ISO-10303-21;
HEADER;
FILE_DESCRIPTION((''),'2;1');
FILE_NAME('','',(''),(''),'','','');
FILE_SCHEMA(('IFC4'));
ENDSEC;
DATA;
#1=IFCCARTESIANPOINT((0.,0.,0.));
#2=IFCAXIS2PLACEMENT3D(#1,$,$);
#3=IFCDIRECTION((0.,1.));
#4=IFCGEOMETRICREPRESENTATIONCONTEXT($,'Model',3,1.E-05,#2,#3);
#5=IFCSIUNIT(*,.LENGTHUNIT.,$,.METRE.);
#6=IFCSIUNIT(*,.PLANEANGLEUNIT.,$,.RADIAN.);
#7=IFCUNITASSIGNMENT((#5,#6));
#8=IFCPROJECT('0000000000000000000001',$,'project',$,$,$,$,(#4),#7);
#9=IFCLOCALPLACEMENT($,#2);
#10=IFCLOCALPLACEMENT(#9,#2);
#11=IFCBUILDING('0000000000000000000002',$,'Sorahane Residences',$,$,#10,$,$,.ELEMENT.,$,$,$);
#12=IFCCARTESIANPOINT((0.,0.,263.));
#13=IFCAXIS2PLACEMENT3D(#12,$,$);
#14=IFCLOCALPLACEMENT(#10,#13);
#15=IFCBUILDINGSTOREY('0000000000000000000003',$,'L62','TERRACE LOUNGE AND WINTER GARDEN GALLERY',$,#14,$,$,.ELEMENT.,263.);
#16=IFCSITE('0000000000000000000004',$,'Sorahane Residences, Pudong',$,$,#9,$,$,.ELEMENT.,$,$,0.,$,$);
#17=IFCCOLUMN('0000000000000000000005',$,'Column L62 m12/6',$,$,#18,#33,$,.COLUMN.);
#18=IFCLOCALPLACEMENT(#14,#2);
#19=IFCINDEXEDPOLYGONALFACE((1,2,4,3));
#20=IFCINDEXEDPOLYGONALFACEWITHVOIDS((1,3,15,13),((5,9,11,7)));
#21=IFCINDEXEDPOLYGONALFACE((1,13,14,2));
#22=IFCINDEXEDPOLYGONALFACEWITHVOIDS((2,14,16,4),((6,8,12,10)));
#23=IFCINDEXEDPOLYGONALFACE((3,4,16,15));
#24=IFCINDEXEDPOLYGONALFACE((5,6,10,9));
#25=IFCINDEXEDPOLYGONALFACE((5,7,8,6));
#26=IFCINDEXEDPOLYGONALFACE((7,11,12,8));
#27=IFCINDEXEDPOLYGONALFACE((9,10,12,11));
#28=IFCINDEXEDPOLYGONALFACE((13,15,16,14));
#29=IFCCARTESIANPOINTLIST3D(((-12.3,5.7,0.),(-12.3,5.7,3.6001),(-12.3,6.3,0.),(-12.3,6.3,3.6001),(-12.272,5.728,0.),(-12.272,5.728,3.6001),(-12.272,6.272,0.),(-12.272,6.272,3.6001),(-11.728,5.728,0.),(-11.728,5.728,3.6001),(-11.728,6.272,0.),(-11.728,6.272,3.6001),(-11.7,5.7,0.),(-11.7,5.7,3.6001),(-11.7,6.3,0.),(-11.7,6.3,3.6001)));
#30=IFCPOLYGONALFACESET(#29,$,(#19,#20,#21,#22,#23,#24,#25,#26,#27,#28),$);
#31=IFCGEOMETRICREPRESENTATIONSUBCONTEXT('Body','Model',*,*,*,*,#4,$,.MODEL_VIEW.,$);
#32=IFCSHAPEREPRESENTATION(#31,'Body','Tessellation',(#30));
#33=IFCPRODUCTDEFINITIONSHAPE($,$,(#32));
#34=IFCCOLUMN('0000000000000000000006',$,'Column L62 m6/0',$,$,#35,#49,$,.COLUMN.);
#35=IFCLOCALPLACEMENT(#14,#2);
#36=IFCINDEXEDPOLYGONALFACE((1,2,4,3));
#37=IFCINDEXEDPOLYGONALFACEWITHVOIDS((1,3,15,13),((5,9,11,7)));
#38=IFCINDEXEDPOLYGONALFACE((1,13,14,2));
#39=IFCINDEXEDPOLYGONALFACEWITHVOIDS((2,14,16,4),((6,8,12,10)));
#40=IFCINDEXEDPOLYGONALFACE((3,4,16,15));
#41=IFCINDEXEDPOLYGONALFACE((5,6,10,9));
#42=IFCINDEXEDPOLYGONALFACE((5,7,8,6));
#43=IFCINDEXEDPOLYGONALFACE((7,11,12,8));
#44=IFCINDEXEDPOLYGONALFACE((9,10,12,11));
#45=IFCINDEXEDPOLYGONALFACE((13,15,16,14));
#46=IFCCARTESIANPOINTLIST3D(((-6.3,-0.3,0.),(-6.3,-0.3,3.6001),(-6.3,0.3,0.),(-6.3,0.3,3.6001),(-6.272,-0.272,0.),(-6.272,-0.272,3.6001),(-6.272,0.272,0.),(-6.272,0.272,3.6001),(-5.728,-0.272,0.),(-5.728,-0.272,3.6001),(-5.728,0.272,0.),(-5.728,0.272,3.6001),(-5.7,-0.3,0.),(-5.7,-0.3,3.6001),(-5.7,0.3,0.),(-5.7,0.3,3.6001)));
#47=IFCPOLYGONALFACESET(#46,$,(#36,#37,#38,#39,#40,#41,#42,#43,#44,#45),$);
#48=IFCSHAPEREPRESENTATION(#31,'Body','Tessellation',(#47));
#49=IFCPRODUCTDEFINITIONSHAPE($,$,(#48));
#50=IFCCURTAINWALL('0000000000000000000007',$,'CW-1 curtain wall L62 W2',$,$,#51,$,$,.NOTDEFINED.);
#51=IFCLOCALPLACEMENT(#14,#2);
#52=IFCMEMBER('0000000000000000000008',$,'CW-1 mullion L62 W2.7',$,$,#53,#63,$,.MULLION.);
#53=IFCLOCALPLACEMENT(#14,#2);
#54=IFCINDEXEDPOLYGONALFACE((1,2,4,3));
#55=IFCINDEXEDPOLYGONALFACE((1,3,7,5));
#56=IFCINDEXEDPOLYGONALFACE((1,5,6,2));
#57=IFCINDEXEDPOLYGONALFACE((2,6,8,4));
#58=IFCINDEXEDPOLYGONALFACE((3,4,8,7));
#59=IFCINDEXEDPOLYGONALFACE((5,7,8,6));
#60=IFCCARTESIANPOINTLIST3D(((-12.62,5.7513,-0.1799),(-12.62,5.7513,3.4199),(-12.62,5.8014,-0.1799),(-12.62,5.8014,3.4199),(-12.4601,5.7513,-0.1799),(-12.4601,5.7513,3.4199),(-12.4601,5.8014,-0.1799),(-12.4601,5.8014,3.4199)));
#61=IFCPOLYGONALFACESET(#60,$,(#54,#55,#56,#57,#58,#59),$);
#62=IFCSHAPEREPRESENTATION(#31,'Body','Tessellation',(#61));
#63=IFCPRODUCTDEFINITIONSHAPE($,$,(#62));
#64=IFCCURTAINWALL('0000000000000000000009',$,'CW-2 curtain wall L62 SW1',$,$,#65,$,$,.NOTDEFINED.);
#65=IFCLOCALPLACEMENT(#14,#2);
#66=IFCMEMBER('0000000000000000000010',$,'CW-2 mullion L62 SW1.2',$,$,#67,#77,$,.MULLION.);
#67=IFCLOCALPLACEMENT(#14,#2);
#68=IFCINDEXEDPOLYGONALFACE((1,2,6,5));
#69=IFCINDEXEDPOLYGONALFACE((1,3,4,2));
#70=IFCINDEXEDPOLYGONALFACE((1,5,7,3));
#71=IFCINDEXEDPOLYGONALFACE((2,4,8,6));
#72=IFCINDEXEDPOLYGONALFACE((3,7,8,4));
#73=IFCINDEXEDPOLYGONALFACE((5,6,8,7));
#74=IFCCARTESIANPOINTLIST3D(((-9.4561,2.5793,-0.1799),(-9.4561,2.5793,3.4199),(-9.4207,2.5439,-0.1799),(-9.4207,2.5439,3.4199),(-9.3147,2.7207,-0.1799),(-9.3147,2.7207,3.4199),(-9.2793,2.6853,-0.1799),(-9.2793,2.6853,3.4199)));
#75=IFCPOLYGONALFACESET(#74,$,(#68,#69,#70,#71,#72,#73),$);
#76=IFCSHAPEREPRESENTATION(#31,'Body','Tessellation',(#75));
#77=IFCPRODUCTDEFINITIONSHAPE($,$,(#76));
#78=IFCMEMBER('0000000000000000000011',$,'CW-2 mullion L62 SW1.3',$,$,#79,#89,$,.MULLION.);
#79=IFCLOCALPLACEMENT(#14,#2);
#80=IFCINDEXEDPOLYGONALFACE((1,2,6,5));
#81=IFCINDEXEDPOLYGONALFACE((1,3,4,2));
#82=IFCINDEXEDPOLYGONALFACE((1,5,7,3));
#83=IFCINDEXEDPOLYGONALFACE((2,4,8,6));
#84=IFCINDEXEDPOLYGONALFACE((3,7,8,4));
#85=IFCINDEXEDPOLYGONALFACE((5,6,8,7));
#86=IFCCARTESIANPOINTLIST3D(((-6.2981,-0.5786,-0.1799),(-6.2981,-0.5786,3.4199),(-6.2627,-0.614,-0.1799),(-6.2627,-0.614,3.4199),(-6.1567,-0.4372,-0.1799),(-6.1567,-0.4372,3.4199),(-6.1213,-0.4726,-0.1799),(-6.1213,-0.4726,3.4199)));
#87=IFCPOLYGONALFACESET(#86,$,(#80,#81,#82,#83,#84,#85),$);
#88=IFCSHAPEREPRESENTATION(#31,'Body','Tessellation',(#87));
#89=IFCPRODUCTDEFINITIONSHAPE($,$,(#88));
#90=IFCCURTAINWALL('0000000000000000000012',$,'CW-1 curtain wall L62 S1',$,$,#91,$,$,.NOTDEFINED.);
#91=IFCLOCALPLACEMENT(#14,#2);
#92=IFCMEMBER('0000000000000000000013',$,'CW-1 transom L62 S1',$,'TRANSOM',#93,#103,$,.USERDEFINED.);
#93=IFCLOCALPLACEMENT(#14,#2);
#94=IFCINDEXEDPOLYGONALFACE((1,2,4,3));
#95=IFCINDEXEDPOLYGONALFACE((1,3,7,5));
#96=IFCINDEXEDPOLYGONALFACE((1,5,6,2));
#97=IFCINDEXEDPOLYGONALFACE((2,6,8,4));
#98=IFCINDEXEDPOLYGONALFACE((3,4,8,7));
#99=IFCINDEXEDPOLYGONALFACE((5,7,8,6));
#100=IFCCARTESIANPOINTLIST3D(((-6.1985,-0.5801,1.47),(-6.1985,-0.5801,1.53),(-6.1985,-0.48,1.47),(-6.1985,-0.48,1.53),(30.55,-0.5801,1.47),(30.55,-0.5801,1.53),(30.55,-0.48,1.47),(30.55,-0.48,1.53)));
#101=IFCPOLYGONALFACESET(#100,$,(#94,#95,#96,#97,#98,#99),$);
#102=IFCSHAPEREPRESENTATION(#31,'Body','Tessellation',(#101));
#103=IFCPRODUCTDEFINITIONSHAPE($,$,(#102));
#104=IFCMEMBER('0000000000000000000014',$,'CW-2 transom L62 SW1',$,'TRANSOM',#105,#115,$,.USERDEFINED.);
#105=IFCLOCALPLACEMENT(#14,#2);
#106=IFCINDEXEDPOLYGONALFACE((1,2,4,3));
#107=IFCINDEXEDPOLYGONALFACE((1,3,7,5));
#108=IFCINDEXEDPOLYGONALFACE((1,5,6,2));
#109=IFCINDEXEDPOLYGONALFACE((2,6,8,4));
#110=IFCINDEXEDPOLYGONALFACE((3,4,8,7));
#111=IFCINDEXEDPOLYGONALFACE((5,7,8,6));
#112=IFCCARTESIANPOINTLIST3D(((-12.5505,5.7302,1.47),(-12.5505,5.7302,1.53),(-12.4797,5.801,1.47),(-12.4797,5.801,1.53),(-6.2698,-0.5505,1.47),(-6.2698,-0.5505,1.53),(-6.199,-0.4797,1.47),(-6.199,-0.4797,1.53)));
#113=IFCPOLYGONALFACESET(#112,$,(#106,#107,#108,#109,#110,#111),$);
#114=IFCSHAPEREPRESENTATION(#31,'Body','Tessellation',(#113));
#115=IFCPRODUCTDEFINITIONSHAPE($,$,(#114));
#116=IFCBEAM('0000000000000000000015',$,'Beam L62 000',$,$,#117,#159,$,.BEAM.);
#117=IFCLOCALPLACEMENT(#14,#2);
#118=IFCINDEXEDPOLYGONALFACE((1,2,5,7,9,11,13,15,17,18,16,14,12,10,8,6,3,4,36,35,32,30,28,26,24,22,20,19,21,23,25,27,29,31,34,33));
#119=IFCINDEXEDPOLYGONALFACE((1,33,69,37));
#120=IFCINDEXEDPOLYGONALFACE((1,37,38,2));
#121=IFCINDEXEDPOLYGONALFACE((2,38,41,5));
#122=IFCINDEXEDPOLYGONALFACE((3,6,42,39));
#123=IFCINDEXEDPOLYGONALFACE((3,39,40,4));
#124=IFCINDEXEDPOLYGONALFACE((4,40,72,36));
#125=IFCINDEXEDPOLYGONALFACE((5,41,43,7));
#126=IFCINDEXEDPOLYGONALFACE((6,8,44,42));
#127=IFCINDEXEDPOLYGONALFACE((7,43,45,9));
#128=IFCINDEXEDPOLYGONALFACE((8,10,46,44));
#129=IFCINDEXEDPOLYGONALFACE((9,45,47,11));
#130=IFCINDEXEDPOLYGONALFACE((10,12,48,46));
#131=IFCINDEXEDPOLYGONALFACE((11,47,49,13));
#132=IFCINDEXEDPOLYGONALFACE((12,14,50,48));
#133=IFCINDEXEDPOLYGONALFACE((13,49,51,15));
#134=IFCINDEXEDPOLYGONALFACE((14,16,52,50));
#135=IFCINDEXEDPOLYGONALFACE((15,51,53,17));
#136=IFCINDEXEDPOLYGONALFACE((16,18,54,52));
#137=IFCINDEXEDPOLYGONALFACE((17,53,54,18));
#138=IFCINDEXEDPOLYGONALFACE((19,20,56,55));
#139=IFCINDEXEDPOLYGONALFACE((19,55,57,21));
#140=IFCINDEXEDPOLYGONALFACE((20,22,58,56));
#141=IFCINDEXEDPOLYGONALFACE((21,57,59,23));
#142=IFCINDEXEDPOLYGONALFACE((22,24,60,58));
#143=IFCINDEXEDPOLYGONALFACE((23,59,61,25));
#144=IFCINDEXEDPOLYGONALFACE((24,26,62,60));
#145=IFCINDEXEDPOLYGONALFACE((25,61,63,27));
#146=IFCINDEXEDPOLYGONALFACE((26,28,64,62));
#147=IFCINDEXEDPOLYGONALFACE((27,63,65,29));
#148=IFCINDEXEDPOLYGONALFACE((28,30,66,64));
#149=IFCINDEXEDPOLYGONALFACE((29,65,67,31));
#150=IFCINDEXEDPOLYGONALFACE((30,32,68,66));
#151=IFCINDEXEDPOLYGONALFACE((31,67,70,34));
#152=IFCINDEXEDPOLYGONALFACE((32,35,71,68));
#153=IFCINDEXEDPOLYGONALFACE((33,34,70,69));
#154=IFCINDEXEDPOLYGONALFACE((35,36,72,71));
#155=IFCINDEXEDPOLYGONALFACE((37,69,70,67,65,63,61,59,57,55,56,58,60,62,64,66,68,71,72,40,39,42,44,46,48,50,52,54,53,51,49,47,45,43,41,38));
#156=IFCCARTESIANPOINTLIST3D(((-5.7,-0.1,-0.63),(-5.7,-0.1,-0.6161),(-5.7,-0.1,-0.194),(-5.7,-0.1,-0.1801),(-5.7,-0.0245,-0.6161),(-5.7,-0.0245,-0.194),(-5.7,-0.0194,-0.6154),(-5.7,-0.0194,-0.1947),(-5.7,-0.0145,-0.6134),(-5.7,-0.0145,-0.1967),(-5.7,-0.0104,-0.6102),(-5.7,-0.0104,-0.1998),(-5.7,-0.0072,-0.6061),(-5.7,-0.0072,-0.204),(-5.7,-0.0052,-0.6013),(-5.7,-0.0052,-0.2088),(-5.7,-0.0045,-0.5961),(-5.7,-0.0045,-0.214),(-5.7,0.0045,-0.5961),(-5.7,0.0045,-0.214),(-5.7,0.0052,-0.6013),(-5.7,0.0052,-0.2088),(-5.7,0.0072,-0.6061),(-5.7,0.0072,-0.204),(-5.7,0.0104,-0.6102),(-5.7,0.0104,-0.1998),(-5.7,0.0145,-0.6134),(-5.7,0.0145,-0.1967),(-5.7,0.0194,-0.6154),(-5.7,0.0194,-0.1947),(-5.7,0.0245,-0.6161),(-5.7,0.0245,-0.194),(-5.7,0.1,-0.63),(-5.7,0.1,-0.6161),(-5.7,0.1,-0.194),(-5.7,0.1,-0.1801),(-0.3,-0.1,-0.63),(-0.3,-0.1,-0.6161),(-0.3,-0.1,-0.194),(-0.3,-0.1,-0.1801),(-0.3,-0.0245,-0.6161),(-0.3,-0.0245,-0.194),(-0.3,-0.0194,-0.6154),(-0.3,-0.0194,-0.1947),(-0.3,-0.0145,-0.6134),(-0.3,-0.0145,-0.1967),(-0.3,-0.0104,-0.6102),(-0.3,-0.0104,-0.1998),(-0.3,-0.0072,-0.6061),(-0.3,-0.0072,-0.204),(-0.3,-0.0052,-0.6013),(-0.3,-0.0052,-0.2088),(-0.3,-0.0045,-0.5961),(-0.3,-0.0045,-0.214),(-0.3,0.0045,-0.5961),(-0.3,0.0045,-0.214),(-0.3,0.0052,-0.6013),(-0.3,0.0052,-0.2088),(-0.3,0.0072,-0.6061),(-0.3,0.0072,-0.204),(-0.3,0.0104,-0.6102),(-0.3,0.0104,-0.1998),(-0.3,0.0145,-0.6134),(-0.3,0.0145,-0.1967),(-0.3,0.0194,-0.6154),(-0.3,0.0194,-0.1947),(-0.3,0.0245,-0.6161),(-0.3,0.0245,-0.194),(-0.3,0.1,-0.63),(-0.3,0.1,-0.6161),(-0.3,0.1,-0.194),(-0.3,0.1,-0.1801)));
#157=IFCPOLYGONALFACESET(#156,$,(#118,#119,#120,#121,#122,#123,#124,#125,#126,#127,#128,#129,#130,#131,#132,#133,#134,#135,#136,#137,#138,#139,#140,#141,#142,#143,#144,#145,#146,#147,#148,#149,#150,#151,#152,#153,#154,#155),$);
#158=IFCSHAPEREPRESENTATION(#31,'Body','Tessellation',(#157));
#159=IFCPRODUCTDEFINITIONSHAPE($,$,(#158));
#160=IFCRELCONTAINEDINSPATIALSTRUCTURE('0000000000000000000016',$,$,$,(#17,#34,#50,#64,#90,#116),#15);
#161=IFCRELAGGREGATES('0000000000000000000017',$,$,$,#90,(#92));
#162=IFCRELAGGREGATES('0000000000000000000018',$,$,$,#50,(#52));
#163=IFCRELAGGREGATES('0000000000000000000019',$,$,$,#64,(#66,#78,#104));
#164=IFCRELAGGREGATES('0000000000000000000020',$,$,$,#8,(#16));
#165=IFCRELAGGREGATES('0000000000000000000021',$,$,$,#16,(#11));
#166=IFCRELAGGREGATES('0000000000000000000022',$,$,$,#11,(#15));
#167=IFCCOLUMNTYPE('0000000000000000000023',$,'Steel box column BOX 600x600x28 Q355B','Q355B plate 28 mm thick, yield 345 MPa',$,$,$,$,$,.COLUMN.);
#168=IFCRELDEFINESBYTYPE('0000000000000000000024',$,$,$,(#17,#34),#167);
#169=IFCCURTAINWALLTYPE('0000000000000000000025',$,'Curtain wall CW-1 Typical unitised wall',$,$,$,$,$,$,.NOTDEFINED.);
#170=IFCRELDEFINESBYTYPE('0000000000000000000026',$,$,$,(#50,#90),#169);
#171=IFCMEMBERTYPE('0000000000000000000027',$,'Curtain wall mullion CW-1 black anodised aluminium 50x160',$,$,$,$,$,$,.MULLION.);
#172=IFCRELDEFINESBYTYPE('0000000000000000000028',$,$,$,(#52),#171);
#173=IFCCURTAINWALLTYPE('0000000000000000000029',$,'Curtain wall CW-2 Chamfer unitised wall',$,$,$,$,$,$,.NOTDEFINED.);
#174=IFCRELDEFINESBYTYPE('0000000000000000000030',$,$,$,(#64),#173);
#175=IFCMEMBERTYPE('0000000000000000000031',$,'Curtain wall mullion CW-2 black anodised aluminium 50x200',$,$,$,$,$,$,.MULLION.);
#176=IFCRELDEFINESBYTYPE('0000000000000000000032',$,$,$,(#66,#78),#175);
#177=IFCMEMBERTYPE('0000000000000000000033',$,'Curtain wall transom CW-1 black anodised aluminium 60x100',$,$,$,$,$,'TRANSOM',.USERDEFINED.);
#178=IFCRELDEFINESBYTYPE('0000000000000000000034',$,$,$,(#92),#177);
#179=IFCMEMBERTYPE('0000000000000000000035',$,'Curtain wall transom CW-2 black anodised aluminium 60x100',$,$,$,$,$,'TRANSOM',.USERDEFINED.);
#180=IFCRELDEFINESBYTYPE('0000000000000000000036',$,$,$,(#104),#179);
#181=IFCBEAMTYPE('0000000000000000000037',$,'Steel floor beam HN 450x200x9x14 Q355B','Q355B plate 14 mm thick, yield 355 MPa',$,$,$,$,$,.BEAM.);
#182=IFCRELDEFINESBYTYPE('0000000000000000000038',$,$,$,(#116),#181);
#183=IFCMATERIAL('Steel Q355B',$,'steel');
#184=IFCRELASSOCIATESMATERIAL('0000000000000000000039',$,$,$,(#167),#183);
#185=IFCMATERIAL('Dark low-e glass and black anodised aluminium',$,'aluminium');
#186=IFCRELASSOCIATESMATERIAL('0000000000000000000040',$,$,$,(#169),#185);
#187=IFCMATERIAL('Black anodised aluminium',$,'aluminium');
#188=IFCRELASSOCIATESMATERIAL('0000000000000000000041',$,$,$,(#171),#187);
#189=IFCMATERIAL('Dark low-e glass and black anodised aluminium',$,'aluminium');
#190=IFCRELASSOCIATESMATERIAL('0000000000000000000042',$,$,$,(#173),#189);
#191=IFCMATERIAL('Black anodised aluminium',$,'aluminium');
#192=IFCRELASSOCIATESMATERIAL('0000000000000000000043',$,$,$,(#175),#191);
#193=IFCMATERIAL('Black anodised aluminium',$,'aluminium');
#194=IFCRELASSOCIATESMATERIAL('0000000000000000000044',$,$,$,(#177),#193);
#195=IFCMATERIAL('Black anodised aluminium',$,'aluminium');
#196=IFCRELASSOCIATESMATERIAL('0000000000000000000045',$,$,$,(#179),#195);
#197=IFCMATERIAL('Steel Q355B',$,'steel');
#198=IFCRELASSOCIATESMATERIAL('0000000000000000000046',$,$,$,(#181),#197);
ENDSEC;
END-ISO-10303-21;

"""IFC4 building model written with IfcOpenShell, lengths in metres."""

from ifc_helpers import new_model, si_unit, direction, frame, origin, origin_2d, place, context, subcontext, project, spatial, rectangle, hollow_rectangle, i_section, extrude, material, material_profile, profile_set, type_object, element, aggregate, save


model = new_model("IFC4")

# Units and contexts
model_context = context("Model", 3, precision=1e-05, world=origin(), true_north=direction((0.0, 1.0)))
body_context = subcontext(model_context, "Body", "Model", "MODEL_VIEW")
ifc_project = project(units=[si_unit("LENGTHUNIT", "METRE"), si_unit("PLANEANGLEUNIT", "RADIAN")], contexts=[model_context])

# Site, building, storey
site_placement = place(None, origin())
site = spatial("IfcSite", under=ifc_project, at=site_placement, Name="Sorahane Residences, Pudong", CompositionType="ELEMENT", RefElevation=0.0)
building_placement = place(site_placement, origin())
building = spatial("IfcBuilding", under=site, at=building_placement, Name="Sorahane Residences", CompositionType="ELEMENT")
storey_placement = place(building_placement, frame((0.0, 0.0, 263.0)))
storey = spatial("IfcBuildingStorey", under=building, at=storey_placement, Name="L62", Description="TERRACE LOUNGE AND WINTER GARDEN GALLERY", CompositionType="ELEMENT", Elevation=263.0)

# Columns
ifc_material_1 = material(Name="Steel Q355B", Category="steel")
ifc_material_profile_1 = material_profile(ifc_material_1, hollow_rectangle(XDim=0.6001, YDim=0.6001, WallThickness=0.0281, at=origin_2d()), Name="BOX 600x600x28")
ifc_profile_set_1 = profile_set([ifc_material_profile_1], Name="Steel Q355B")
column_type = type_object("IfcColumnType", Name="Steel box column BOX 600x600x28 Q355B", Description="Q355B plate 28 mm thick, yield 345 MPa", PredefinedType="COLUMN", material=ifc_profile_set_1)
for number, where, z_axis, x_axis, name in (
    (1, (-12.0, 6.0, 0.0), (0.0, 0.0, 1.0), (1.0, 0.0, 0.0), "Column L62 m12/6"),
    (2, (-6.0, 0.0, 0.0), (0.0, 0.0, 1.0), (1.0, 0.0, 0.0), "Column L62 m6/0"),
):
    element("IfcColumn", number, at=place(storey_placement, frame(where, z_axis=z_axis, x_axis=x_axis)), inside=storey, type_object=column_type, Name=name, PredefinedType="COLUMN", context=body_context, shape_type="SweptSolid", body=[
        extrude(hollow_rectangle(XDim=0.6001, YDim=0.6001, WallThickness=0.0281, at=origin_2d()), origin(), (0.0, 0.0, 1.0), 3.6001),
    ])

# Curtain wall, member
ifc_material_2 = material(Name="Dark low-e glass and black anodised aluminium", Category="aluminium")
curtain_wall_type_1 = type_object("IfcCurtainWallType", Name="Curtain wall CW-1 Typical unitised wall", PredefinedType="NOTDEFINED", material=ifc_material_2)
curtain_wall_1_placement = place(storey_placement, origin())
curtain_wall_1 = element("IfcCurtainWall", 3, at=curtain_wall_1_placement, inside=storey, type_object=curtain_wall_type_1, Name="CW-1 curtain wall L62 W2", PredefinedType="NOTDEFINED")
ifc_material_3 = material(Name="Black anodised aluminium", Category="aluminium")
ifc_material_profile_2 = material_profile(ifc_material_3, rectangle(XDim=0.1599, YDim=0.05, at=origin_2d()), Name="Curtain wall mullion CW-1 black anodised aluminium 50x160")
ifc_profile_set_2 = profile_set([ifc_material_profile_2], Name="Black anodised aluminium")
member_type_1 = type_object("IfcMemberType", Name="Curtain wall mullion CW-1 black anodised aluminium 50x160", PredefinedType="MULLION", material=ifc_profile_set_2)
member_1_placement = place(storey_placement, frame((-12.54, 5.7764, -0.1799), z_axis=(0.0, 0.0, 1.0), x_axis=(-1.0, 0.0, 0.0)))
member_1 = element("IfcMember", 4, at=member_1_placement, type_object=member_type_1, Name="CW-1 mullion L62 W2.7", PredefinedType="MULLION", context=body_context, shape_type="SweptSolid", body=[
    extrude(rectangle(XDim=0.1599, YDim=0.05, at=origin_2d()), origin(), (0.0, 0.0, 1.0), 3.5999),
])

# Curtain wall, members
ifc_material_4 = material(Name="Dark low-e glass and black anodised aluminium", Category="aluminium")
curtain_wall_type_2 = type_object("IfcCurtainWallType", Name="Curtain wall CW-2 Chamfer unitised wall", PredefinedType="NOTDEFINED", material=ifc_material_4)
curtain_wall_2_placement = place(storey_placement, origin())
curtain_wall_2 = element("IfcCurtainWall", 5, at=curtain_wall_2_placement, inside=storey, type_object=curtain_wall_type_2, Name="CW-2 curtain wall L62 SW1", PredefinedType="NOTDEFINED")
ifc_material_5 = material(Name="Black anodised aluminium", Category="aluminium")
ifc_material_profile_3 = material_profile(ifc_material_5, rectangle(XDim=0.2, YDim=0.05, at=origin_2d()), Name="Curtain wall mullion CW-2 black anodised aluminium 50x200")
ifc_profile_set_3 = profile_set([ifc_material_profile_3], Name="Black anodised aluminium")
member_type_2 = type_object("IfcMemberType", Name="Curtain wall mullion CW-2 black anodised aluminium 50x200", PredefinedType="MULLION", material=ifc_profile_set_3)
member_2_placement = place(storey_placement, frame((-9.3677, 2.6323, -0.1799), z_axis=(0.0, 0.0, 1.0), x_axis=(-0.707107, -0.707107, 0.0)))
member_2 = element("IfcMember", 6, at=member_2_placement, type_object=member_type_2, Name="CW-2 mullion L62 SW1.2", PredefinedType="MULLION", context=body_context, shape_type="SweptSolid", body=[
    extrude(rectangle(XDim=0.2, YDim=0.05, at=origin_2d()), origin(), (0.0, 0.0, 1.0), 3.5999),
])
member_3_placement = place(storey_placement, frame((-6.2097, -0.5256, -0.1799), z_axis=(0.0, 0.0, 1.0), x_axis=(-0.707107, -0.707107, 0.0)))
member_3 = element("IfcMember", 7, at=member_3_placement, type_object=member_type_2, Name="CW-2 mullion L62 SW1.3", PredefinedType="MULLION", context=body_context, shape_type="SweptSolid", body=[
    extrude(rectangle(XDim=0.2, YDim=0.05, at=origin_2d()), origin(), (0.0, 0.0, 1.0), 3.5999),
])

# Curtain wall, member
curtain_wall_3_placement = place(storey_placement, origin())
curtain_wall_3 = element("IfcCurtainWall", 8, at=curtain_wall_3_placement, inside=storey, type_object=curtain_wall_type_1, Name="CW-1 curtain wall L62 S1", PredefinedType="NOTDEFINED")
ifc_material_6 = material(Name="Black anodised aluminium", Category="aluminium")
ifc_material_profile_4 = material_profile(ifc_material_6, rectangle(XDim=0.1001, YDim=0.0601, at=origin_2d()), Name="Curtain wall transom CW-1 black anodised aluminium 60x100")
ifc_profile_set_4 = profile_set([ifc_material_profile_4], Name="Black anodised aluminium")
member_type_3 = type_object("IfcMemberType", Name="Curtain wall transom CW-1 black anodised aluminium 60x100", ElementType="TRANSOM", PredefinedType="USERDEFINED", material=ifc_profile_set_4)
member_4_placement = place(storey_placement, frame((-6.1985, -0.53, 1.5), z_axis=(1.0, 0.0, 0.0), x_axis=(0.0, 1.0, 0.0)))
member_4 = element("IfcMember", 9, at=member_4_placement, type_object=member_type_3, Name="CW-1 transom L62 S1", ObjectType="TRANSOM", PredefinedType="USERDEFINED", context=body_context, shape_type="SweptSolid", body=[
    extrude(rectangle(XDim=0.1001, YDim=0.0601, at=origin_2d()), origin(), (0.0, 0.0, 1.0), 36.7485),
])

# Member
ifc_material_7 = material(Name="Black anodised aluminium", Category="aluminium")
ifc_material_profile_5 = material_profile(ifc_material_7, rectangle(XDim=0.1001, YDim=0.0601, at=origin_2d()), Name="Curtain wall transom CW-2 black anodised aluminium 60x100")
ifc_profile_set_5 = profile_set([ifc_material_profile_5], Name="Black anodised aluminium")
member_type_4 = type_object("IfcMemberType", Name="Curtain wall transom CW-2 black anodised aluminium 60x100", ElementType="TRANSOM", PredefinedType="USERDEFINED", material=ifc_profile_set_5)
member_5_placement = place(storey_placement, frame((-12.5151, 5.7656, 1.5), z_axis=(0.707107, -0.707107, 0.0), x_axis=(0.707107, 0.707107, 0.0)))
member_5 = element("IfcMember", 10, at=member_5_placement, type_object=member_type_4, Name="CW-2 transom L62 SW1", ObjectType="TRANSOM", PredefinedType="USERDEFINED", context=body_context, shape_type="SweptSolid", body=[
    extrude(rectangle(XDim=0.1001, YDim=0.0601, at=origin_2d()), origin(), (0.0, 0.0, 1.0), 8.8823),
])

# Beam
ifc_material_8 = material(Name="Steel Q355B", Category="steel")
ifc_material_profile_6 = material_profile(ifc_material_8, i_section(OverallWidth=0.2, OverallDepth=0.45, WebThickness=0.009, FlangeThickness=0.0139, FilletRadius=0.02, at=origin_2d()), Name="HN 450x200x9x14")
ifc_profile_set_6 = profile_set([ifc_material_profile_6], Name="Steel Q355B")
beam_type_1 = type_object("IfcBeamType", Name="Steel floor beam HN 450x200x9x14 Q355B", Description="Q355B plate 14 mm thick, yield 355 MPa", PredefinedType="BEAM", material=ifc_profile_set_6)
for number, where, z_axis, x_axis, name in (
    (11, (-5.7, 0.0, -0.405), (1.0, 0.0, 0.0), (0.0, 1.0, 0.0), "Beam L62 000"),
):
    element("IfcBeam", number, at=place(storey_placement, frame(where, z_axis=z_axis, x_axis=x_axis)), inside=storey, type_object=beam_type_1, Name=name, PredefinedType="BEAM", context=body_context, shape_type="SweptSolid", body=[
        extrude(i_section(OverallWidth=0.2, OverallDepth=0.45, WebThickness=0.009, FlangeThickness=0.0139, FilletRadius=0.02, at=origin_2d()), origin(), (0.0, 0.0, 1.0), 5.3999),
    ])

aggregate(curtain_wall_3, [member_4])
aggregate(curtain_wall_1, [member_1])
aggregate(curtain_wall_2, [member_2, member_3, member_5])

save(model, "model.ifc")
